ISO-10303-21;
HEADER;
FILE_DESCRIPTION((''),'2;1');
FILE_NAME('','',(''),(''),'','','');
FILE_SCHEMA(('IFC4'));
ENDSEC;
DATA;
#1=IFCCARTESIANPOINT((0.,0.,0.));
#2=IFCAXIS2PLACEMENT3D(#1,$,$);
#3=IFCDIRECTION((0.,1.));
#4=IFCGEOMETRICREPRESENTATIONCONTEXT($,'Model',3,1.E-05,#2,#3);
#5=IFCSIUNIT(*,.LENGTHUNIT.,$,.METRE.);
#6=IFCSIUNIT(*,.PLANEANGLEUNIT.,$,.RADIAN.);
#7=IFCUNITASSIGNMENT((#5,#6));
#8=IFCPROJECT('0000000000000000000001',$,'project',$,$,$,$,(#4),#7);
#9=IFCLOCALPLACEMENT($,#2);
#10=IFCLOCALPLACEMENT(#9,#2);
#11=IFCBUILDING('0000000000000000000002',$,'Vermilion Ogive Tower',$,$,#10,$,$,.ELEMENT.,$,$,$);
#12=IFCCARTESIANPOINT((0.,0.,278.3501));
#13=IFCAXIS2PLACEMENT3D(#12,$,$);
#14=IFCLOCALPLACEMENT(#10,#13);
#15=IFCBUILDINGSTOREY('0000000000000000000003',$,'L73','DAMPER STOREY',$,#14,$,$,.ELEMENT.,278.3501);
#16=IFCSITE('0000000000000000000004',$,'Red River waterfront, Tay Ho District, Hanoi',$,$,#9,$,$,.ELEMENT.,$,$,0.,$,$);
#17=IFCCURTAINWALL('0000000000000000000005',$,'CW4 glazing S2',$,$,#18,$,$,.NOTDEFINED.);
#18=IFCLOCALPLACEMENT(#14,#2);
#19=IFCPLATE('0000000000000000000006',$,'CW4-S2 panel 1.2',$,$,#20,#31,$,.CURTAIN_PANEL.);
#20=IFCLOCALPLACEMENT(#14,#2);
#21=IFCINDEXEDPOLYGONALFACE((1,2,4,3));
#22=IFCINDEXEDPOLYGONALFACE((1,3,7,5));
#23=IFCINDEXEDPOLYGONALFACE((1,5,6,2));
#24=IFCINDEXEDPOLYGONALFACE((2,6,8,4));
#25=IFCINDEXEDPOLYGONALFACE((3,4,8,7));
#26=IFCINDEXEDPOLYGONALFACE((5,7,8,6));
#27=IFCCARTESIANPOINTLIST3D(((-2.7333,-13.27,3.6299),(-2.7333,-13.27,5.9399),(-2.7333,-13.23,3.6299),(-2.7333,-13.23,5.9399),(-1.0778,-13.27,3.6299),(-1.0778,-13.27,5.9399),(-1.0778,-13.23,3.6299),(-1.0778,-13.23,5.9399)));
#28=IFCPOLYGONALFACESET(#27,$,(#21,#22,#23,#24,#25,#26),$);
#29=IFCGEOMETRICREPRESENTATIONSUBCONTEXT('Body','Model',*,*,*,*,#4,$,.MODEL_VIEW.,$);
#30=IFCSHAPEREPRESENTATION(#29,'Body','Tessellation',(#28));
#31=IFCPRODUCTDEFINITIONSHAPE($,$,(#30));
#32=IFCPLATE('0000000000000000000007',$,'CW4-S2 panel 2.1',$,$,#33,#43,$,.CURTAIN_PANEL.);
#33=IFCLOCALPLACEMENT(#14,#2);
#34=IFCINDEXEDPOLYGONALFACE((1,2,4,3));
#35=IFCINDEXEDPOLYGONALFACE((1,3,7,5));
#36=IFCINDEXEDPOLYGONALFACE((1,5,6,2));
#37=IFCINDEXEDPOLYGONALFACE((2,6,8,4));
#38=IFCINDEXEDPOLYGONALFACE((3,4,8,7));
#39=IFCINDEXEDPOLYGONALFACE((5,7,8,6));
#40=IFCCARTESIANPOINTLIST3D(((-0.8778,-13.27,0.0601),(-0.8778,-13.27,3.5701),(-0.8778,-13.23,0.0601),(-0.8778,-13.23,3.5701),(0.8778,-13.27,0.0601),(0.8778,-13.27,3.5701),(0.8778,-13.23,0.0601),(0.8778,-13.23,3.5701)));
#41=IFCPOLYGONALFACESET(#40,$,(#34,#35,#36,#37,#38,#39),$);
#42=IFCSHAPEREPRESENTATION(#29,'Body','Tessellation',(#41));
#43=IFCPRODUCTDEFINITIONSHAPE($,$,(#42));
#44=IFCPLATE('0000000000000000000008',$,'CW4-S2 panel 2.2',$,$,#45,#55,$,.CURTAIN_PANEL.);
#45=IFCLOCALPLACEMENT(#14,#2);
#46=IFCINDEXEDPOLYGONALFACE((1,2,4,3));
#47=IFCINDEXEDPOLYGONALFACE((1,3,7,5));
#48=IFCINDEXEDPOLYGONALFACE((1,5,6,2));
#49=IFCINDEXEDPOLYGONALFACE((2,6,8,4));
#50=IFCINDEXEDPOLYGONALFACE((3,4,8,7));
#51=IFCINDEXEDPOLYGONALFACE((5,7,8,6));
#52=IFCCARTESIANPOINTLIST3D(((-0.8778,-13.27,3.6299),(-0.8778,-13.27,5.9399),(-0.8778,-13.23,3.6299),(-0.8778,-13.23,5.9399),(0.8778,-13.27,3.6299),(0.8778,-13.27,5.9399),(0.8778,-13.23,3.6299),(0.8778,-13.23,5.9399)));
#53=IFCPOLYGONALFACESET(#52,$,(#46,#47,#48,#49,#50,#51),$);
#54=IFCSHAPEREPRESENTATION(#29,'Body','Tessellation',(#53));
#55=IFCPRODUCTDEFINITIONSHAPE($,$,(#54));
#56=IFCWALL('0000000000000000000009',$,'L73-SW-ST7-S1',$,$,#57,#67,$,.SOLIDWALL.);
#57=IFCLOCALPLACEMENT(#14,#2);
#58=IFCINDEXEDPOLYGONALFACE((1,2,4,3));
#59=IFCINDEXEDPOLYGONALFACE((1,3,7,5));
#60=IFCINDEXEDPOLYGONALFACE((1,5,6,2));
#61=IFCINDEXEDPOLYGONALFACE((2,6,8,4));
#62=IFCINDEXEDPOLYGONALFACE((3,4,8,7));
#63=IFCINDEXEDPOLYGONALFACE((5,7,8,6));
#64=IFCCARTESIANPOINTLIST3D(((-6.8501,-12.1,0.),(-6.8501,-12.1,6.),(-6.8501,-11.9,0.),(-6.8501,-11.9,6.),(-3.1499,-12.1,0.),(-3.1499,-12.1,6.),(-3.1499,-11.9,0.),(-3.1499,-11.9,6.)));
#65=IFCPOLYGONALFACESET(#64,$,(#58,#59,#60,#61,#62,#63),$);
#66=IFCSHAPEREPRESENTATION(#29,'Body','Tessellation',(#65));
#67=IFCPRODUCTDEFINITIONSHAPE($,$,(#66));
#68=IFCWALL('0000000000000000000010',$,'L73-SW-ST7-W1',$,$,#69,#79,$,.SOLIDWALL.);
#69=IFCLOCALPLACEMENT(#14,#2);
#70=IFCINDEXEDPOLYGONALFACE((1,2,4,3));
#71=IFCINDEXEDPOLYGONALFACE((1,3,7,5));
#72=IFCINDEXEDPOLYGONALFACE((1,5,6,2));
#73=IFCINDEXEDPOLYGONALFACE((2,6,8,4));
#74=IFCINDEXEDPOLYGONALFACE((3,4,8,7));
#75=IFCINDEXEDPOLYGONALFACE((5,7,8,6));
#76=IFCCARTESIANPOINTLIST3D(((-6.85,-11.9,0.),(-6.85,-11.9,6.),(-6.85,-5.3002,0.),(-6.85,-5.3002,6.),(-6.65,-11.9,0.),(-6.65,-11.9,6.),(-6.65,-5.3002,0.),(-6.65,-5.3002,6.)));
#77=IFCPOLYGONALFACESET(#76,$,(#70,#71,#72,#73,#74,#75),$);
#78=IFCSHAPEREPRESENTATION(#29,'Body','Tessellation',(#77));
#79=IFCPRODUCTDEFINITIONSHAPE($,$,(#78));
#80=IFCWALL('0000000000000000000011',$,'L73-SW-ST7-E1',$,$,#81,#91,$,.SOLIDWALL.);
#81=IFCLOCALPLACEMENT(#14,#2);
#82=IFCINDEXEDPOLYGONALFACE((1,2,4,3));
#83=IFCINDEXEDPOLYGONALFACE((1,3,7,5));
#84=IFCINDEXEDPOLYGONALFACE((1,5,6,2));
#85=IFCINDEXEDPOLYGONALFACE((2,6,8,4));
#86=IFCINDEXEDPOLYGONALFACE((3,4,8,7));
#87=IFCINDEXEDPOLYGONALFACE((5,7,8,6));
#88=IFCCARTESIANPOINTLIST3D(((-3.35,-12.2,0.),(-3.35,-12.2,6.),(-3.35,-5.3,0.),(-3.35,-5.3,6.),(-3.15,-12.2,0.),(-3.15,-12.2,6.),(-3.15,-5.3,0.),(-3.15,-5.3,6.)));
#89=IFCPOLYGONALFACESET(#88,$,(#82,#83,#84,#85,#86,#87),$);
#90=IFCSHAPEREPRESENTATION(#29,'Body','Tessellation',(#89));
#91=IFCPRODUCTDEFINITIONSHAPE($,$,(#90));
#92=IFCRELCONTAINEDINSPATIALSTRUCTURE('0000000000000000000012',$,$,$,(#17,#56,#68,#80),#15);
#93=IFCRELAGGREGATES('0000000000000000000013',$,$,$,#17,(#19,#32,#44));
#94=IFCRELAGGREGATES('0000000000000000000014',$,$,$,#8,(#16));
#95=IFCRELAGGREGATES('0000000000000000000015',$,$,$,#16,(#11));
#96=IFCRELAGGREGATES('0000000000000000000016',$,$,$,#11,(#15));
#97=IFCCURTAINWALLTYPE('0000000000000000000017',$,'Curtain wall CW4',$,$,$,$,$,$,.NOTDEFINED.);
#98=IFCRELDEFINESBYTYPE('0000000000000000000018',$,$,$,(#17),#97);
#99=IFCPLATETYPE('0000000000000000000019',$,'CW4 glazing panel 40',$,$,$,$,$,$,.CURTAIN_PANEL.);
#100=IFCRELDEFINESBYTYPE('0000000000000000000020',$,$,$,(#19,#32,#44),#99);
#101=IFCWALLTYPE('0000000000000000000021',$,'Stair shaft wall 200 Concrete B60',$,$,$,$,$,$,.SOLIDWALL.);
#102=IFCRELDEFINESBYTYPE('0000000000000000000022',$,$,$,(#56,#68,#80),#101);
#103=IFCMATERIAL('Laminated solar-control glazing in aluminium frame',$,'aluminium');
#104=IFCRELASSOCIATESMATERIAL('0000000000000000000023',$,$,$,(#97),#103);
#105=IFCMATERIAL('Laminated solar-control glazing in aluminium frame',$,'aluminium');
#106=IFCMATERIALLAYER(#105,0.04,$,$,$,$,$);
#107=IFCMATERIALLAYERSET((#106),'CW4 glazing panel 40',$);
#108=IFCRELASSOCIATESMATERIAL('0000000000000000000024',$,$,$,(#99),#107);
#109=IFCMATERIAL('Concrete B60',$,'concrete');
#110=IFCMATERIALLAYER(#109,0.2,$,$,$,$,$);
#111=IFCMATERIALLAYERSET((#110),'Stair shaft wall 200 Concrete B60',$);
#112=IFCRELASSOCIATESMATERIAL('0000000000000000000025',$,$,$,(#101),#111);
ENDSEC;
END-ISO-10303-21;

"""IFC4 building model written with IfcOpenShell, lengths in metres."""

from ifc_helpers import new_model, si_unit, direction, frame, frame_2d, origin, origin_2d, place, context, subcontext, project, spatial, rectangle, extrude, material, layer, layer_set, type_object, element, aggregate, save


model = new_model("IFC4")

# Units and contexts
model_context = context("Model", 3, precision=1e-05, world=origin(), true_north=direction((0.0, 1.0)))
body_context = subcontext(model_context, "Body", "Model", "MODEL_VIEW")
ifc_project = project(units=[si_unit("LENGTHUNIT", "METRE"), si_unit("PLANEANGLEUNIT", "RADIAN")], contexts=[model_context])

# Site, building, storey
site_placement = place(None, origin())
site = spatial("IfcSite", under=ifc_project, at=site_placement, Name="Red River waterfront, Tay Ho District, Hanoi", CompositionType="ELEMENT", RefElevation=0.0)
building_placement = place(site_placement, origin())
building = spatial("IfcBuilding", under=site, at=building_placement, Name="Vermilion Ogive Tower", CompositionType="ELEMENT")
storey_placement = place(building_placement, frame((0.0, 0.0, 278.3501)))
storey = spatial("IfcBuildingStorey", under=building, at=storey_placement, Name="L73", Description="DAMPER STOREY", CompositionType="ELEMENT", Elevation=278.3501)

# Curtain wall
ifc_material_1 = material(Name="Laminated solar-control glazing in aluminium frame", Category="aluminium")
curtain_wall_type = type_object("IfcCurtainWallType", Name="Curtain wall CW4", PredefinedType="NOTDEFINED", material=ifc_material_1)
curtain_wall_1_placement = place(storey_placement, origin())
curtain_wall_1 = element("IfcCurtainWall", 1, at=curtain_wall_1_placement, inside=storey, type_object=curtain_wall_type, Name="CW4 glazing S2", PredefinedType="NOTDEFINED")

# Plates
ifc_material_2 = material(Name="Laminated solar-control glazing in aluminium frame", Category="aluminium")
ifc_layer_1 = layer(ifc_material_2, 0.04)
ifc_layer_set_1 = layer_set([ifc_layer_1], Name="CW4 glazing panel 40")
plate_type = type_object("IfcPlateType", Name="CW4 glazing panel 40", PredefinedType="CURTAIN_PANEL", material=ifc_layer_set_1)
plate_1_placement = place(storey_placement, frame((-1.9055, -13.25, 3.6299), z_axis=(0.0, 0.0, 1.0), x_axis=(1.0, 0.0, 0.0)))
plate_1 = element("IfcPlate", 2, at=plate_1_placement, type_object=plate_type, Name="CW4-S2 panel 1.2", PredefinedType="CURTAIN_PANEL", context=body_context, shape_type="SweptSolid", body=[
    extrude(rectangle(XDim=1.6555, YDim=0.04, at=origin_2d()), origin(), (0.0, 0.0, 1.0), 2.3101),
])
plate_2_placement = place(storey_placement, frame((0.0, -13.25, 0.0601), z_axis=(0.0, 0.0, 1.0), x_axis=(1.0, 0.0, 0.0)))
plate_2 = element("IfcPlate", 3, at=plate_2_placement, type_object=plate_type, Name="CW4-S2 panel 2.1", PredefinedType="CURTAIN_PANEL", context=body_context, shape_type="SweptSolid", body=[
    extrude(rectangle(XDim=1.7556, YDim=0.04, at=origin_2d()), origin(), (0.0, 0.0, 1.0), 3.51),
])
plate_3_placement = place(storey_placement, frame((0.0, -13.25, 3.6299), z_axis=(0.0, 0.0, 1.0), x_axis=(1.0, 0.0, 0.0)))
plate_3 = element("IfcPlate", 4, at=plate_3_placement, type_object=plate_type, Name="CW4-S2 panel 2.2", PredefinedType="CURTAIN_PANEL", context=body_context, shape_type="SweptSolid", body=[
    extrude(rectangle(XDim=1.7556, YDim=0.04, at=origin_2d()), origin(), (0.0, 0.0, 1.0), 2.3101),
])
aggregate(curtain_wall_1, [plate_1, plate_2, plate_3])

# Walls
ifc_material_3 = material(Name="Concrete B60", Category="concrete")
ifc_layer_2 = layer(ifc_material_3, 0.2)
ifc_layer_set_2 = layer_set([ifc_layer_2], Name="Stair shaft wall 200 Concrete B60")
wall_type = type_object("IfcWallType", Name="Stair shaft wall 200 Concrete B60", PredefinedType="SOLIDWALL", material=ifc_layer_set_2)
wall_1_placement = place(storey_placement, frame((-6.8501, -12.0, 0.0), z_axis=(0.0, 0.0, 1.0), x_axis=(1.0, 0.0, 0.0)))
element("IfcWall", 5, at=wall_1_placement, inside=storey, type_object=wall_type, Name="L73-SW-ST7-S1", PredefinedType="SOLIDWALL", context=body_context, shape_type="SweptSolid", body=[
    extrude(rectangle(XDim=3.7002, YDim=0.2, at=frame_2d((1.8501, 0.0))), origin(), (0.0, 0.0, 1.0), 6.0),
])
wall_2_placement = place(storey_placement, frame((-6.75, -11.8999, 0.0), z_axis=(0.0, 0.0, 1.0), x_axis=(0.0, 1.0, 0.0)))
element("IfcWall", 6, at=wall_2_placement, inside=storey, type_object=wall_type, Name="L73-SW-ST7-W1", PredefinedType="SOLIDWALL", context=body_context, shape_type="SweptSolid", body=[
    extrude(rectangle(XDim=6.5999, YDim=0.2, at=frame_2d((3.2998, 0.0))), origin(), (0.0, 0.0, 1.0), 6.0),
])
wall_3_placement = place(storey_placement, frame((-3.25, -12.2, 0.0), z_axis=(0.0, 0.0, 1.0), x_axis=(0.0, 1.0, 0.0)))
element("IfcWall", 7, at=wall_3_placement, inside=storey, type_object=wall_type, Name="L73-SW-ST7-E1", PredefinedType="SOLIDWALL", context=body_context, shape_type="SweptSolid", body=[
    extrude(rectangle(XDim=6.8999, YDim=0.2, at=frame_2d((3.45, 0.0))), origin(), (0.0, 0.0, 1.0), 6.0),
])

save(model, "model.ifc")
